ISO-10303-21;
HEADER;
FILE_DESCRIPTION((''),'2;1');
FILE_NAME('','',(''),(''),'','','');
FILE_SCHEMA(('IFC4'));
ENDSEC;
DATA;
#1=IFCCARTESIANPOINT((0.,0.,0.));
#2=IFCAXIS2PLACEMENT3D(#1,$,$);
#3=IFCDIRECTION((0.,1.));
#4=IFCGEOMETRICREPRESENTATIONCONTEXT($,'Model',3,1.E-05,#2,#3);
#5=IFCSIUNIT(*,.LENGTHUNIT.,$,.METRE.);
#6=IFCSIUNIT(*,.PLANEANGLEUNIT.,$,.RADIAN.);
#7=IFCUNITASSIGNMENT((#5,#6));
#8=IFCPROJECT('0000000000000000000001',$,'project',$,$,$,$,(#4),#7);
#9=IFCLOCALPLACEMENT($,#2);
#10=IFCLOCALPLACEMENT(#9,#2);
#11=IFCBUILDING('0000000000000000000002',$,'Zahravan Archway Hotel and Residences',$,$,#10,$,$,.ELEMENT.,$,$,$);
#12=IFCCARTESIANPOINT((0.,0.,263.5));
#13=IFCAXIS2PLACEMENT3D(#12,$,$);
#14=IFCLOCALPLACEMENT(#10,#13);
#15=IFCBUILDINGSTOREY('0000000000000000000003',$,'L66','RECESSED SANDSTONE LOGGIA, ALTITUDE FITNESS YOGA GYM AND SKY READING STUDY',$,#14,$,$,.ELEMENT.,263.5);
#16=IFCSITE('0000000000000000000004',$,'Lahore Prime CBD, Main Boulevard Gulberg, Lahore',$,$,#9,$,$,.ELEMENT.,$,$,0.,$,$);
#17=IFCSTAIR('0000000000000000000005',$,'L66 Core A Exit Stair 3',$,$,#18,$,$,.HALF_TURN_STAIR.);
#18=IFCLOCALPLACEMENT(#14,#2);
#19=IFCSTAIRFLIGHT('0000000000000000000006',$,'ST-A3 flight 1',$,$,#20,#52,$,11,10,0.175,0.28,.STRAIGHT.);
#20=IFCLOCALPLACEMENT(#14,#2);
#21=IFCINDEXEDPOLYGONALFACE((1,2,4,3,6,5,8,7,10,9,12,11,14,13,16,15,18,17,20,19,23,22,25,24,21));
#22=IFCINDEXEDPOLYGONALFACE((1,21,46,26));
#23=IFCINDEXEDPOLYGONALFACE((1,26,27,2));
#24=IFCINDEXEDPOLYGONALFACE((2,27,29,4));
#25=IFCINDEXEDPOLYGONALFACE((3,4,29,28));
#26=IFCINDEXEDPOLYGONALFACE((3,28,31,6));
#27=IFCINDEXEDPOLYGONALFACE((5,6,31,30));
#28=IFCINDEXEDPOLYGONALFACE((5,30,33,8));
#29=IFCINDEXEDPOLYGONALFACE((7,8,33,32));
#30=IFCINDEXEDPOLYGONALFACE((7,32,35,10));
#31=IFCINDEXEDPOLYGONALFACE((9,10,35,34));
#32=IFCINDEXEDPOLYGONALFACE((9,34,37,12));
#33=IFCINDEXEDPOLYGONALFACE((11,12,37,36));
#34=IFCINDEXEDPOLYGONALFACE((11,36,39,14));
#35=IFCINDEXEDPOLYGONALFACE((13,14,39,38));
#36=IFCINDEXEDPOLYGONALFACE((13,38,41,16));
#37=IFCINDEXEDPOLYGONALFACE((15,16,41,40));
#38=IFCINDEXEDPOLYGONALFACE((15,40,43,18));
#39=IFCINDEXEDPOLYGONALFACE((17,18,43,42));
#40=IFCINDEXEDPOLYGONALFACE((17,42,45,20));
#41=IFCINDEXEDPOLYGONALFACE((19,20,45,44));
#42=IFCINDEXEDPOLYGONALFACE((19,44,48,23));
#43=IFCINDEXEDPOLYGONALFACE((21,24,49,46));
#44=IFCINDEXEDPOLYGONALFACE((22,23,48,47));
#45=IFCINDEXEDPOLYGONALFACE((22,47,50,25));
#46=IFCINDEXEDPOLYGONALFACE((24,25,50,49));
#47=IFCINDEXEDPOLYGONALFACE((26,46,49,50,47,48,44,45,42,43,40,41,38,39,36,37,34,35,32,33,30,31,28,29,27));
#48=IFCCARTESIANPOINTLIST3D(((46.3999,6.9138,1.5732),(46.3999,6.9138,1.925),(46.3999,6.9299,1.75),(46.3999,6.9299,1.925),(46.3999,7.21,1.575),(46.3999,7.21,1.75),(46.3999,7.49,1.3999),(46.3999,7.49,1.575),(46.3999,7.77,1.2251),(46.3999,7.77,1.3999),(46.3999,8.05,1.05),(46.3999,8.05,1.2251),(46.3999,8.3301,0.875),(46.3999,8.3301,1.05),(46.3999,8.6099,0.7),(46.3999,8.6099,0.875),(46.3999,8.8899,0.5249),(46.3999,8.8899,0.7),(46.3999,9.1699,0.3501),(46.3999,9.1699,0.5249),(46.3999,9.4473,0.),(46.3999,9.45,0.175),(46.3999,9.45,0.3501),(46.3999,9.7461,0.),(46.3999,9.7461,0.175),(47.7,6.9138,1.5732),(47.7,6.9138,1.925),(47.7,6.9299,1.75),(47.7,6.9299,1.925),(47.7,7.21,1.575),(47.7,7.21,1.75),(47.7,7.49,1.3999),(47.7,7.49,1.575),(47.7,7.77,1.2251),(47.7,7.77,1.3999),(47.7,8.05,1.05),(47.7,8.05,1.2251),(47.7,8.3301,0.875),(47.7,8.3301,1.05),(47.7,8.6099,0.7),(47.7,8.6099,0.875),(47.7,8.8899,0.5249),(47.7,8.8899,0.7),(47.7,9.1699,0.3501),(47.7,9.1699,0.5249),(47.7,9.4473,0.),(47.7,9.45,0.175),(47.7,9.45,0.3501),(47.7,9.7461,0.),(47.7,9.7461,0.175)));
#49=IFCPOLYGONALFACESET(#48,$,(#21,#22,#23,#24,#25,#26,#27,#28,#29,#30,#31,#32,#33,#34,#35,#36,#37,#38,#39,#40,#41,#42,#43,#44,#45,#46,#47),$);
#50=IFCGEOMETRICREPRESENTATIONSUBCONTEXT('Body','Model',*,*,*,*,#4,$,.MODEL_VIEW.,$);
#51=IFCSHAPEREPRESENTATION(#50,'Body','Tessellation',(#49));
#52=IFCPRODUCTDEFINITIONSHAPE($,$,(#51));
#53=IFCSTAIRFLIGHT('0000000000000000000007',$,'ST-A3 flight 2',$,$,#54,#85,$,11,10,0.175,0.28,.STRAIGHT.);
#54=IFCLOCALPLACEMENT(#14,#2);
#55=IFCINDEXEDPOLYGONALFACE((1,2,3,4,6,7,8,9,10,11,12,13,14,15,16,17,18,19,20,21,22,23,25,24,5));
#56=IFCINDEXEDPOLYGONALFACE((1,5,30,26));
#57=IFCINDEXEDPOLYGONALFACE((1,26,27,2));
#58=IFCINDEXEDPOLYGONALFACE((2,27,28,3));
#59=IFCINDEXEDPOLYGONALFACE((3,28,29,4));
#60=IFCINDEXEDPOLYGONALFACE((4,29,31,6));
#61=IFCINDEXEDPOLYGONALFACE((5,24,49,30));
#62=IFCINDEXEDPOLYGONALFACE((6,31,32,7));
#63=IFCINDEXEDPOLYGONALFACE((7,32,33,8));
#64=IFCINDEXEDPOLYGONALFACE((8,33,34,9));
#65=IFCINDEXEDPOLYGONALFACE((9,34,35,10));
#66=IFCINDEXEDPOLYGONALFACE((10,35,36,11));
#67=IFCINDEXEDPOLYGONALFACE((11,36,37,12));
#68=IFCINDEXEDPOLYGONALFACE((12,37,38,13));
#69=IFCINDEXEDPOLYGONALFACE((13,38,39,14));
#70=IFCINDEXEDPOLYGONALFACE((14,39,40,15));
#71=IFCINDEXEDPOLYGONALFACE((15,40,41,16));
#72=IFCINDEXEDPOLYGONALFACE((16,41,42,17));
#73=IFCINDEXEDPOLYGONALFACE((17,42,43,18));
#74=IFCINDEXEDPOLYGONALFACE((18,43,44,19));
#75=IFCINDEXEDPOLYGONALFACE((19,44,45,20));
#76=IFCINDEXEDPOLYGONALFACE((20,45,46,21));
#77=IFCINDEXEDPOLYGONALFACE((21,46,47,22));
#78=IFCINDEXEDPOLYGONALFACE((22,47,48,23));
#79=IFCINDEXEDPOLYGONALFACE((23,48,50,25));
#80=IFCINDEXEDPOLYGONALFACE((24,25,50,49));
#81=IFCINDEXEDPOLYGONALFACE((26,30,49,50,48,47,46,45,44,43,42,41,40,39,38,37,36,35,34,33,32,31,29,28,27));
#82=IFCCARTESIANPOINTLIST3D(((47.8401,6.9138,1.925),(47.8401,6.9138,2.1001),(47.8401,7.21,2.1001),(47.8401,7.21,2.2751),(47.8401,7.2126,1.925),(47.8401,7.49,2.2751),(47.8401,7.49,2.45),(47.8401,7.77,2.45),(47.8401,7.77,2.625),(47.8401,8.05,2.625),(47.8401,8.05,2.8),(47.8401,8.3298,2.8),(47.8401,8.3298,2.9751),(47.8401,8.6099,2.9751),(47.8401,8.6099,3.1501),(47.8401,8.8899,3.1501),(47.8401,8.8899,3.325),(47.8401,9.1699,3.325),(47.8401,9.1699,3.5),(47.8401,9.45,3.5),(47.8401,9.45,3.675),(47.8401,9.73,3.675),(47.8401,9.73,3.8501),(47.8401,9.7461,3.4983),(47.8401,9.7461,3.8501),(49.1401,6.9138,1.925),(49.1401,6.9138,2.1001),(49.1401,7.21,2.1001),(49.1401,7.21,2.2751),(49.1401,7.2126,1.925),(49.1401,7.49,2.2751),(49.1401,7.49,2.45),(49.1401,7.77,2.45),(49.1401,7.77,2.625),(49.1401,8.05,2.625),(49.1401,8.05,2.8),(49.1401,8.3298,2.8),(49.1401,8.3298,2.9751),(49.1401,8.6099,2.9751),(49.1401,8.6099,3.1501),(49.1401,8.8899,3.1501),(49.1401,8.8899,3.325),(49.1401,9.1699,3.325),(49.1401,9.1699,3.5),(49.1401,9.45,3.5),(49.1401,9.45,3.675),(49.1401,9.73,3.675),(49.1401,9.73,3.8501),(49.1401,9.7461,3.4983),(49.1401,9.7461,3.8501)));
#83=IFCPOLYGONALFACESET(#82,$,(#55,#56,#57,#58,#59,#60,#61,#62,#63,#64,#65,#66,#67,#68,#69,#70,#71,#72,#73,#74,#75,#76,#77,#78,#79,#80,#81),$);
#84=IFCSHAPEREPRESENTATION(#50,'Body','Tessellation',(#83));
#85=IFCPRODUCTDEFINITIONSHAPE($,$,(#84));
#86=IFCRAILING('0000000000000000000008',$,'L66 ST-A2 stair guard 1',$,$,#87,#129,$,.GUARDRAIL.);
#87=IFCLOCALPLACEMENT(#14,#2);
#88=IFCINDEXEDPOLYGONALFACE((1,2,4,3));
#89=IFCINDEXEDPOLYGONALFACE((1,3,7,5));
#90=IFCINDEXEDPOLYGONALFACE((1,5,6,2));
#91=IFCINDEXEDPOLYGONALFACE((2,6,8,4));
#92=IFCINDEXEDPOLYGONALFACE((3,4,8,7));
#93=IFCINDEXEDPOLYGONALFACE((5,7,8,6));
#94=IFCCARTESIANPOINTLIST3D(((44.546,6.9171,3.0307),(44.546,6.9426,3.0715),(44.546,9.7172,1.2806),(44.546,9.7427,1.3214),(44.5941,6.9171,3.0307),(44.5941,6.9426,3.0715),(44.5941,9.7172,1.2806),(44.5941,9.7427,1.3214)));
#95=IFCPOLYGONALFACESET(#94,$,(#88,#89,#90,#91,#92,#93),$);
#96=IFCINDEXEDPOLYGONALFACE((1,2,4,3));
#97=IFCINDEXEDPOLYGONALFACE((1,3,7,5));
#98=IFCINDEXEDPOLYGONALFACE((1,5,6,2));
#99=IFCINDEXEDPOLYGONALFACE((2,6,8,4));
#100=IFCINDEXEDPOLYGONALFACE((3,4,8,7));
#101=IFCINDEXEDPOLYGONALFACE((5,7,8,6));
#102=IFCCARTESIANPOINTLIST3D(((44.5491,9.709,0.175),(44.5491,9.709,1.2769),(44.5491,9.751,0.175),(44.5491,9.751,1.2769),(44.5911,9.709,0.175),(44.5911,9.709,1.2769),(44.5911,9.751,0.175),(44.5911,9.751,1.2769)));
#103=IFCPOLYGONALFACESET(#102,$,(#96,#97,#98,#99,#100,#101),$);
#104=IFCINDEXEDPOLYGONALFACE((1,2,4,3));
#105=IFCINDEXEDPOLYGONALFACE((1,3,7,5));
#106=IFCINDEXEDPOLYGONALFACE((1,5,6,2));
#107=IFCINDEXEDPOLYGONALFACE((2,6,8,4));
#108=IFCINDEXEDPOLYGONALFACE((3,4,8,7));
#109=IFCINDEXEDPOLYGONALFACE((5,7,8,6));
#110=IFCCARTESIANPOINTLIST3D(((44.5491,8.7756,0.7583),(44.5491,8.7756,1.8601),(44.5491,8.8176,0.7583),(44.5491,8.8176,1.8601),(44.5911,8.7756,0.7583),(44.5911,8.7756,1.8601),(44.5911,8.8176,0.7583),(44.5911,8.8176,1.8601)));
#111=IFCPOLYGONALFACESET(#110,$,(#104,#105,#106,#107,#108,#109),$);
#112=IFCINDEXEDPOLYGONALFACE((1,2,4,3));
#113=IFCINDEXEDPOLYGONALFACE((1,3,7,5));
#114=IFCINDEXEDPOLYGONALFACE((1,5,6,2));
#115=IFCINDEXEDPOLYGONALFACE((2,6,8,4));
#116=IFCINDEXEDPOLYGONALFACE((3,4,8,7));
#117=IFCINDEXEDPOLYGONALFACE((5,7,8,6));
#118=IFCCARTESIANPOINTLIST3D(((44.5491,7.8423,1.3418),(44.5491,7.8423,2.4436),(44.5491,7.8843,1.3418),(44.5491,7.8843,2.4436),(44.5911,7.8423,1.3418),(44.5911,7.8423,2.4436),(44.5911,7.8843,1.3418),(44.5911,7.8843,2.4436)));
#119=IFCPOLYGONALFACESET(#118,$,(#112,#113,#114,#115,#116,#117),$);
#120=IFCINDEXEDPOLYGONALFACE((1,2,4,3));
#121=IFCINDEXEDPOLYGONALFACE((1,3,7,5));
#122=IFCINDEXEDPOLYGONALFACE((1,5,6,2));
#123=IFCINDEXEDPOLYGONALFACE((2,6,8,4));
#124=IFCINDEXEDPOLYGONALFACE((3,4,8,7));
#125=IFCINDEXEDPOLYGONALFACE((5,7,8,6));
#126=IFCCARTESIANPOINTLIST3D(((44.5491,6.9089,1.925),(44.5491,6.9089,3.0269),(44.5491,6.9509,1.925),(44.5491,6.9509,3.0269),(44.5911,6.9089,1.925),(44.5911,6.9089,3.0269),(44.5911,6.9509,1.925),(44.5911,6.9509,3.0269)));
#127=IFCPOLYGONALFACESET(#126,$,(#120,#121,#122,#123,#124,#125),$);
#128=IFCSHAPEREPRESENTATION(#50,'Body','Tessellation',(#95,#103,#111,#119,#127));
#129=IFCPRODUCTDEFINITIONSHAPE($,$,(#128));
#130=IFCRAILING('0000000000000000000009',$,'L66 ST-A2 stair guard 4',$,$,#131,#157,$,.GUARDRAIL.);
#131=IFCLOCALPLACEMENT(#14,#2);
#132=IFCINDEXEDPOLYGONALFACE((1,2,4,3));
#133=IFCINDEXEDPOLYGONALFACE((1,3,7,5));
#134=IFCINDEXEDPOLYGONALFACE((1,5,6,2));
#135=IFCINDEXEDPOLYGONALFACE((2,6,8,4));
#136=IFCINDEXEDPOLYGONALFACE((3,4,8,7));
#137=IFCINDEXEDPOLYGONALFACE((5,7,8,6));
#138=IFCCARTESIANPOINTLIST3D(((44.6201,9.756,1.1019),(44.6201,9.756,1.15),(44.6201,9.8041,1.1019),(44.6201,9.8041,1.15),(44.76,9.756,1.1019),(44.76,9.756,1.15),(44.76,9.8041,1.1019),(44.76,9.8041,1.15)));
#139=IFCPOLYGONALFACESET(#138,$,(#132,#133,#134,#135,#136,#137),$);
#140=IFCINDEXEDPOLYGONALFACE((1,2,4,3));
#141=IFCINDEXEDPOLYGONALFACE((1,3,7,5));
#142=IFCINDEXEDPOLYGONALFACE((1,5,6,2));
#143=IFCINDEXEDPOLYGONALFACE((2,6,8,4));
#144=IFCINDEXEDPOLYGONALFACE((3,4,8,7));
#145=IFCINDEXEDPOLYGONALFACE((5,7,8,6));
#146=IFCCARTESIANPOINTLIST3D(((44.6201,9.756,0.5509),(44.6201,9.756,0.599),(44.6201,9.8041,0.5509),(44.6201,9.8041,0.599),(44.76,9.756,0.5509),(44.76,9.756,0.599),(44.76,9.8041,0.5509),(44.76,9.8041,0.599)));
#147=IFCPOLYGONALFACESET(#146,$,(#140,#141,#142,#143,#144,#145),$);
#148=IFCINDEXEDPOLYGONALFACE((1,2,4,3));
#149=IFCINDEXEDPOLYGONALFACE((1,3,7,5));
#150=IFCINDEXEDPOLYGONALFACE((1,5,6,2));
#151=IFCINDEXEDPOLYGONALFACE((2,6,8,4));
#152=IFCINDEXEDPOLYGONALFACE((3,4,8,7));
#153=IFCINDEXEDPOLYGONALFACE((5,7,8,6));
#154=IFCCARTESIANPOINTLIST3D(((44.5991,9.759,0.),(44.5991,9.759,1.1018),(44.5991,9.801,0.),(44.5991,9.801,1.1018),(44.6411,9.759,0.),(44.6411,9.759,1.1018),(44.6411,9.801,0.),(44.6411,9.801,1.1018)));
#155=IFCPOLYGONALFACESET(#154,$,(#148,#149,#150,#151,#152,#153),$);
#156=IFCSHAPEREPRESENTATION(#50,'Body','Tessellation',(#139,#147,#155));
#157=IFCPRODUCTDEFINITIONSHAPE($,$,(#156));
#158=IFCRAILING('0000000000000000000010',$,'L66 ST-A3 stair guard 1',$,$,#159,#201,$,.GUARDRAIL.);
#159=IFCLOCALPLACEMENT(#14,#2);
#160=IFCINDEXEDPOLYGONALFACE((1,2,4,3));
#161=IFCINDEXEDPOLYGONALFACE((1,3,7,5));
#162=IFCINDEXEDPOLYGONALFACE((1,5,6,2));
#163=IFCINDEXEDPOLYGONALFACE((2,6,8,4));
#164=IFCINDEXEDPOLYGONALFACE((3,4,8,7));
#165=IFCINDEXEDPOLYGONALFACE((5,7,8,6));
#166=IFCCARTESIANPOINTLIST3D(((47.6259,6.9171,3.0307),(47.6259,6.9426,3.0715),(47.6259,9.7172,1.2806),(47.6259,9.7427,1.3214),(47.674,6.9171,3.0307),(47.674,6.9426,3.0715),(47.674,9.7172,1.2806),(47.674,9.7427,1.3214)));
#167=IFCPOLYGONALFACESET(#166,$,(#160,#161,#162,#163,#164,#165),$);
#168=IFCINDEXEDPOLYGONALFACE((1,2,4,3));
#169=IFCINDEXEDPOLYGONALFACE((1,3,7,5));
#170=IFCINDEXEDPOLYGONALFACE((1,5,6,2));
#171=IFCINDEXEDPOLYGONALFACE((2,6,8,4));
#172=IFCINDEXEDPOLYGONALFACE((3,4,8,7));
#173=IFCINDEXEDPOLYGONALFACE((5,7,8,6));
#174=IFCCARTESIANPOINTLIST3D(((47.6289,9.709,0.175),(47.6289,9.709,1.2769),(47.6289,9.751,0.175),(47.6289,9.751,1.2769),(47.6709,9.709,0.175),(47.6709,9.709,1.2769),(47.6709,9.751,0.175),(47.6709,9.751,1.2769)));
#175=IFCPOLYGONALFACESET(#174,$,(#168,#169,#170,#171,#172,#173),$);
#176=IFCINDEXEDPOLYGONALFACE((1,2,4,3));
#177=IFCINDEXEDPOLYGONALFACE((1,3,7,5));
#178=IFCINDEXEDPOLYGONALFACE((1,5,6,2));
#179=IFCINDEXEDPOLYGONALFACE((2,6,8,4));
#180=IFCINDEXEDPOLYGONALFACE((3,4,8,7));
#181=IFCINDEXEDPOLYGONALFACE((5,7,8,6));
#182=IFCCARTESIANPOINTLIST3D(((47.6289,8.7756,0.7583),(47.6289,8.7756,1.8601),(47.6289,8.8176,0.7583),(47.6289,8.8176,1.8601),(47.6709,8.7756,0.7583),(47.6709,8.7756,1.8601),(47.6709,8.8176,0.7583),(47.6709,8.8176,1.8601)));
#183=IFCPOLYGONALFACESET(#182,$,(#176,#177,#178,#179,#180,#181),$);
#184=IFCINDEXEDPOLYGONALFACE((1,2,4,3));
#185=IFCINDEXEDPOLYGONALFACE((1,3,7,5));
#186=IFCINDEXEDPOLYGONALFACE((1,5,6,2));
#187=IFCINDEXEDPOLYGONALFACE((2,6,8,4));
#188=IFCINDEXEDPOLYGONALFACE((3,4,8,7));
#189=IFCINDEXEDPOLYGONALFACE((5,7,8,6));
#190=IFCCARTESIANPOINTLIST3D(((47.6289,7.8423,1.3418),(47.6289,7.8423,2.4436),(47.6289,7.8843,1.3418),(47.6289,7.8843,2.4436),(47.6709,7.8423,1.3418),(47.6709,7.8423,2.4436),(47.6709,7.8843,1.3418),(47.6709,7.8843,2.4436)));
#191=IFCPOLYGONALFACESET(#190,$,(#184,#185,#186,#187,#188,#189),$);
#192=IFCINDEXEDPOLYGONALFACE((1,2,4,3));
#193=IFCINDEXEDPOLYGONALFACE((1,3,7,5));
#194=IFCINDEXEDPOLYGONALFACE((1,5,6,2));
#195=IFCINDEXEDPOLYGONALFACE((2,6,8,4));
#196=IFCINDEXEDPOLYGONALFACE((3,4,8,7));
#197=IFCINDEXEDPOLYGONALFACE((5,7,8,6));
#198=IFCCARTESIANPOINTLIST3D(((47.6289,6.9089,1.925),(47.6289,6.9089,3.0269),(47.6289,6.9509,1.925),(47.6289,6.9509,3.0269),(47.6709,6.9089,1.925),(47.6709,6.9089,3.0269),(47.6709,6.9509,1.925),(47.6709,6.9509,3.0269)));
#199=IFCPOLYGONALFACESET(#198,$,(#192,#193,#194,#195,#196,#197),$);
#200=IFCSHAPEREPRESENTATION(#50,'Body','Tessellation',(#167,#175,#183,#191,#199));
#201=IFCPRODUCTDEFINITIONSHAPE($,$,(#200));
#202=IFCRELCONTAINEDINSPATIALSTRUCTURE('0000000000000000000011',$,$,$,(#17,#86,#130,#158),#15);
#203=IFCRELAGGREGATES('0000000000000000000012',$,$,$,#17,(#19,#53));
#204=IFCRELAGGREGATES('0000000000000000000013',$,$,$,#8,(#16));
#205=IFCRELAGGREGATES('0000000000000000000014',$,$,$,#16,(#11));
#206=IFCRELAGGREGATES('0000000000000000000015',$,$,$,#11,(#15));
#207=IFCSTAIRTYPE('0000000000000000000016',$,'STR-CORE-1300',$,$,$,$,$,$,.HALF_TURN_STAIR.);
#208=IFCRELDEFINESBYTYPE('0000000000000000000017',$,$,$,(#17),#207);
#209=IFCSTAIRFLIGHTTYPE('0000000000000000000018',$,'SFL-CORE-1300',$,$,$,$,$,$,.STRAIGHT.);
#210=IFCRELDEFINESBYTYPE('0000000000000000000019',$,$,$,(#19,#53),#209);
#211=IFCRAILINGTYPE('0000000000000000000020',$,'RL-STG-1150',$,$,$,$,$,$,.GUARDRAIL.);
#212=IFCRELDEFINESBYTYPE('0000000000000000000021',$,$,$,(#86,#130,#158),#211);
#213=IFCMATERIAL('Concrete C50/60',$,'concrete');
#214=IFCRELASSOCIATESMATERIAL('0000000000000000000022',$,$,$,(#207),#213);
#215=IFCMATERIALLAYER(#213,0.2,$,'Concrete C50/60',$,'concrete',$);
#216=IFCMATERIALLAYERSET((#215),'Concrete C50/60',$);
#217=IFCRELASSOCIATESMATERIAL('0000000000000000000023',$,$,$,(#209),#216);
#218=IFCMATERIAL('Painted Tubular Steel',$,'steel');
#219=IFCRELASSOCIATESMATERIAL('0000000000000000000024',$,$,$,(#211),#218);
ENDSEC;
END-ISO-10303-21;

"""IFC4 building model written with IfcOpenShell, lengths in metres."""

from ifc_helpers import new_model, si_unit, direction, frame, origin, origin_2d, place, context, subcontext, project, spatial, polyline, rectangle, outline, extrude, source, transform, mapped, material, layer, layer_set, type_object, element, aggregate, save


model = new_model("IFC4")

# Units and contexts
model_context = context("Model", 3, precision=1e-05, world=origin(), true_north=direction((0.0, 1.0)))
body_context = subcontext(model_context, "Body", "Model", "MODEL_VIEW")
ifc_project = project(units=[si_unit("LENGTHUNIT", "METRE"), si_unit("PLANEANGLEUNIT", "RADIAN")], contexts=[model_context])

# Site, building, storey
site_placement = place(None, origin())
site = spatial("IfcSite", under=ifc_project, at=site_placement, Name="Lahore Prime CBD, Main Boulevard Gulberg, Lahore", CompositionType="ELEMENT", RefElevation=0.0)
building_placement = place(site_placement, origin())
building = spatial("IfcBuilding", under=site, at=building_placement, Name="Zahravan Archway Hotel and Residences", CompositionType="ELEMENT")
storey_placement = place(building_placement, frame((0.0, 0.0, 263.5)))
storey = spatial("IfcBuildingStorey", under=building, at=storey_placement, Name="L66", Description="RECESSED SANDSTONE LOGGIA, ALTITUDE FITNESS YOGA GYM AND SKY READING STUDY", CompositionType="ELEMENT", Elevation=263.5)

# Shared definitions
ifc_material_1 = material(Name="Concrete C50/60", Category="concrete")

# Shared definitions
stair_type = type_object("IfcStairType", Name="STR-CORE-1300", PredefinedType="HALF_TURN_STAIR", material=ifc_material_1)
ifc_layer_1 = layer(ifc_material_1, 0.2, Name="Concrete C50/60", Category="concrete")
ifc_layer_set_1 = layer_set([ifc_layer_1], Name="Concrete C50/60")
stair_flight_type = type_object("IfcStairFlightType", Name="SFL-CORE-1300", PredefinedType="STRAIGHT", material=ifc_layer_set_1)
shared_shape_1 = source(origin(), body_context, "Body", "SweptSolid", [
    extrude(outline(polyline([(-0.0161, 0.0), (-0.0161, 0.175), (0.28, 0.175), (0.28, 0.3501), (0.5601, 0.3501), (0.5601, 0.5249), (0.8401, 0.5249), (0.8401, 0.7), (1.1201, 0.7), (1.1201, 0.875), (1.3999, 0.875), (1.3999, 1.05), (1.6799, 1.05), (1.6799, 1.2251), (1.96, 1.2251), (1.96, 1.3999), (2.24, 1.3999), (2.24, 1.575), (2.52, 1.575), (2.52, 1.75), (2.8, 1.75), (2.8, 1.925), (2.8162, 1.925), (2.8162, 1.5732), (0.2827, 0.0), (-0.0161, 0.0)])), frame((0.0, 0.6499, 0.0), z_axis=(0.0, -1.0, 0.0), x_axis=(1.0, 0.0, 0.0)), (0.0, 0.0, 1.0), 1.3),
])

# Stair, stair flights
stair_1_placement = place(storey_placement, origin())
stair_1 = element("IfcStair", 1, at=stair_1_placement, inside=storey, type_object=stair_type, Name="L66 Core A Exit Stair 3", PredefinedType="HALF_TURN_STAIR")
stair_flight_1_placement = place(storey_placement, frame((47.05, 9.73, 0.0), z_axis=(0.0, 0.0, 1.0), x_axis=(0.0, -1.0, 0.0)))
stair_flight_1 = element("IfcStairFlight", 2, at=stair_flight_1_placement, type_object=stair_flight_type, Name="ST-A3 flight 1", NumberOfRisers=11, NumberOfTreads=10, PredefinedType="STRAIGHT", RiserHeight=0.175, TreadLength=0.28, context=body_context, shape_type="MappedRepresentation", body=[
    mapped(shared_shape_1, transform((0.0, 0.0, 0.0), scale=1.0)),
])
stair_flight_2_placement = place(storey_placement, frame((48.49, 6.9299, 1.925), z_axis=(0.0, 0.0, 1.0), x_axis=(0.0, 1.0, 0.0)))
stair_flight_2 = element("IfcStairFlight", 3, at=stair_flight_2_placement, type_object=stair_flight_type, Name="ST-A3 flight 2", NumberOfRisers=11, NumberOfTreads=10, PredefinedType="STRAIGHT", RiserHeight=0.175, TreadLength=0.28, context=body_context, shape_type="MappedRepresentation", body=[
    mapped(shared_shape_1, transform((0.0, 0.0, 0.0), scale=1.0)),
])
aggregate(stair_1, [stair_flight_1, stair_flight_2])

# Railings
ifc_material_2 = material(Name="Painted Tubular Steel", Category="steel")
railing_type_1 = type_object("IfcRailingType", Name="RL-STG-1150", PredefinedType="GUARDRAIL", material=ifc_material_2)
railing_1_placement = place(storey_placement, frame((44.5701, 9.73, 0.175)))
element("IfcRailing", 4, at=railing_1_placement, inside=storey, type_object=railing_type_1, Name="L66 ST-A2 stair guard 1", PredefinedType="GUARDRAIL", context=body_context, shape_type="SweptSolid", body=[
    extrude(rectangle(XDim=0.0481, YDim=0.0481, at=origin_2d()), frame((0.0, 0.0, 1.126), z_axis=(0.0, -0.848002, 0.529992), x_axis=(1.0, 0.0, 0.0)), (0.0, 0.0, 1.0), 3.302),
    extrude(rectangle(XDim=0.042, YDim=0.042, at=origin_2d()), origin(), (0.0, 0.0, 1.0), 1.1018),
    extrude(rectangle(XDim=0.042, YDim=0.042, at=origin_2d()), frame((0.0, -0.9333, 0.5833)), (0.0, 0.0, 1.0), 1.1018),
    extrude(rectangle(XDim=0.042, YDim=0.042, at=origin_2d()), frame((0.0, -1.8667, 1.1667)), (0.0, 0.0, 1.0), 1.1018),
    extrude(rectangle(XDim=0.042, YDim=0.042, at=origin_2d()), frame((0.0, -2.8, 1.75)), (0.0, 0.0, 1.0), 1.1018),
])
railing_2_placement = place(storey_placement, frame((44.6201, 9.78, 0.0)))
element("IfcRailing", 5, at=railing_2_placement, inside=storey, type_object=railing_type_1, Name="L66 ST-A2 stair guard 4", PredefinedType="GUARDRAIL", context=body_context, shape_type="SweptSolid", body=[
    extrude(rectangle(XDim=0.0481, YDim=0.0481, at=origin_2d()), frame((0.0, 0.0, 1.126), z_axis=(1.0, 0.0, 0.0), x_axis=(0.0, 1.0, 0.0)), (0.0, 0.0, 1.0), 0.1399),
    extrude(rectangle(XDim=0.0481, YDim=0.0481, at=origin_2d()), frame((0.0, 0.0, 0.575), z_axis=(1.0, 0.0, 0.0), x_axis=(0.0, 1.0, 0.0)), (0.0, 0.0, 1.0), 0.1399),
    extrude(rectangle(XDim=0.042, YDim=0.042, at=origin_2d()), origin(), (0.0, 0.0, 1.0), 1.1018),
])
railing_3_placement = place(storey_placement, frame((47.6499, 9.73, 0.175)))
element("IfcRailing", 6, at=railing_3_placement, inside=storey, type_object=railing_type_1, Name="L66 ST-A3 stair guard 1", PredefinedType="GUARDRAIL", context=body_context, shape_type="SweptSolid", body=[
    extrude(rectangle(XDim=0.0481, YDim=0.0481, at=origin_2d()), frame((0.0, 0.0, 1.126), z_axis=(0.0, -0.848002, 0.529992), x_axis=(1.0, 0.0, 0.0)), (0.0, 0.0, 1.0), 3.302),
    extrude(rectangle(XDim=0.042, YDim=0.042, at=origin_2d()), origin(), (0.0, 0.0, 1.0), 1.1018),
    extrude(rectangle(XDim=0.042, YDim=0.042, at=origin_2d()), frame((0.0, -0.9333, 0.5833)), (0.0, 0.0, 1.0), 1.1018),
    extrude(rectangle(XDim=0.042, YDim=0.042, at=origin_2d()), frame((0.0, -1.8667, 1.1667)), (0.0, 0.0, 1.0), 1.1018),
    extrude(rectangle(XDim=0.042, YDim=0.042, at=origin_2d()), frame((0.0, -2.8, 1.75)), (0.0, 0.0, 1.0), 1.1018),
])

save(model, "model.ifc")
